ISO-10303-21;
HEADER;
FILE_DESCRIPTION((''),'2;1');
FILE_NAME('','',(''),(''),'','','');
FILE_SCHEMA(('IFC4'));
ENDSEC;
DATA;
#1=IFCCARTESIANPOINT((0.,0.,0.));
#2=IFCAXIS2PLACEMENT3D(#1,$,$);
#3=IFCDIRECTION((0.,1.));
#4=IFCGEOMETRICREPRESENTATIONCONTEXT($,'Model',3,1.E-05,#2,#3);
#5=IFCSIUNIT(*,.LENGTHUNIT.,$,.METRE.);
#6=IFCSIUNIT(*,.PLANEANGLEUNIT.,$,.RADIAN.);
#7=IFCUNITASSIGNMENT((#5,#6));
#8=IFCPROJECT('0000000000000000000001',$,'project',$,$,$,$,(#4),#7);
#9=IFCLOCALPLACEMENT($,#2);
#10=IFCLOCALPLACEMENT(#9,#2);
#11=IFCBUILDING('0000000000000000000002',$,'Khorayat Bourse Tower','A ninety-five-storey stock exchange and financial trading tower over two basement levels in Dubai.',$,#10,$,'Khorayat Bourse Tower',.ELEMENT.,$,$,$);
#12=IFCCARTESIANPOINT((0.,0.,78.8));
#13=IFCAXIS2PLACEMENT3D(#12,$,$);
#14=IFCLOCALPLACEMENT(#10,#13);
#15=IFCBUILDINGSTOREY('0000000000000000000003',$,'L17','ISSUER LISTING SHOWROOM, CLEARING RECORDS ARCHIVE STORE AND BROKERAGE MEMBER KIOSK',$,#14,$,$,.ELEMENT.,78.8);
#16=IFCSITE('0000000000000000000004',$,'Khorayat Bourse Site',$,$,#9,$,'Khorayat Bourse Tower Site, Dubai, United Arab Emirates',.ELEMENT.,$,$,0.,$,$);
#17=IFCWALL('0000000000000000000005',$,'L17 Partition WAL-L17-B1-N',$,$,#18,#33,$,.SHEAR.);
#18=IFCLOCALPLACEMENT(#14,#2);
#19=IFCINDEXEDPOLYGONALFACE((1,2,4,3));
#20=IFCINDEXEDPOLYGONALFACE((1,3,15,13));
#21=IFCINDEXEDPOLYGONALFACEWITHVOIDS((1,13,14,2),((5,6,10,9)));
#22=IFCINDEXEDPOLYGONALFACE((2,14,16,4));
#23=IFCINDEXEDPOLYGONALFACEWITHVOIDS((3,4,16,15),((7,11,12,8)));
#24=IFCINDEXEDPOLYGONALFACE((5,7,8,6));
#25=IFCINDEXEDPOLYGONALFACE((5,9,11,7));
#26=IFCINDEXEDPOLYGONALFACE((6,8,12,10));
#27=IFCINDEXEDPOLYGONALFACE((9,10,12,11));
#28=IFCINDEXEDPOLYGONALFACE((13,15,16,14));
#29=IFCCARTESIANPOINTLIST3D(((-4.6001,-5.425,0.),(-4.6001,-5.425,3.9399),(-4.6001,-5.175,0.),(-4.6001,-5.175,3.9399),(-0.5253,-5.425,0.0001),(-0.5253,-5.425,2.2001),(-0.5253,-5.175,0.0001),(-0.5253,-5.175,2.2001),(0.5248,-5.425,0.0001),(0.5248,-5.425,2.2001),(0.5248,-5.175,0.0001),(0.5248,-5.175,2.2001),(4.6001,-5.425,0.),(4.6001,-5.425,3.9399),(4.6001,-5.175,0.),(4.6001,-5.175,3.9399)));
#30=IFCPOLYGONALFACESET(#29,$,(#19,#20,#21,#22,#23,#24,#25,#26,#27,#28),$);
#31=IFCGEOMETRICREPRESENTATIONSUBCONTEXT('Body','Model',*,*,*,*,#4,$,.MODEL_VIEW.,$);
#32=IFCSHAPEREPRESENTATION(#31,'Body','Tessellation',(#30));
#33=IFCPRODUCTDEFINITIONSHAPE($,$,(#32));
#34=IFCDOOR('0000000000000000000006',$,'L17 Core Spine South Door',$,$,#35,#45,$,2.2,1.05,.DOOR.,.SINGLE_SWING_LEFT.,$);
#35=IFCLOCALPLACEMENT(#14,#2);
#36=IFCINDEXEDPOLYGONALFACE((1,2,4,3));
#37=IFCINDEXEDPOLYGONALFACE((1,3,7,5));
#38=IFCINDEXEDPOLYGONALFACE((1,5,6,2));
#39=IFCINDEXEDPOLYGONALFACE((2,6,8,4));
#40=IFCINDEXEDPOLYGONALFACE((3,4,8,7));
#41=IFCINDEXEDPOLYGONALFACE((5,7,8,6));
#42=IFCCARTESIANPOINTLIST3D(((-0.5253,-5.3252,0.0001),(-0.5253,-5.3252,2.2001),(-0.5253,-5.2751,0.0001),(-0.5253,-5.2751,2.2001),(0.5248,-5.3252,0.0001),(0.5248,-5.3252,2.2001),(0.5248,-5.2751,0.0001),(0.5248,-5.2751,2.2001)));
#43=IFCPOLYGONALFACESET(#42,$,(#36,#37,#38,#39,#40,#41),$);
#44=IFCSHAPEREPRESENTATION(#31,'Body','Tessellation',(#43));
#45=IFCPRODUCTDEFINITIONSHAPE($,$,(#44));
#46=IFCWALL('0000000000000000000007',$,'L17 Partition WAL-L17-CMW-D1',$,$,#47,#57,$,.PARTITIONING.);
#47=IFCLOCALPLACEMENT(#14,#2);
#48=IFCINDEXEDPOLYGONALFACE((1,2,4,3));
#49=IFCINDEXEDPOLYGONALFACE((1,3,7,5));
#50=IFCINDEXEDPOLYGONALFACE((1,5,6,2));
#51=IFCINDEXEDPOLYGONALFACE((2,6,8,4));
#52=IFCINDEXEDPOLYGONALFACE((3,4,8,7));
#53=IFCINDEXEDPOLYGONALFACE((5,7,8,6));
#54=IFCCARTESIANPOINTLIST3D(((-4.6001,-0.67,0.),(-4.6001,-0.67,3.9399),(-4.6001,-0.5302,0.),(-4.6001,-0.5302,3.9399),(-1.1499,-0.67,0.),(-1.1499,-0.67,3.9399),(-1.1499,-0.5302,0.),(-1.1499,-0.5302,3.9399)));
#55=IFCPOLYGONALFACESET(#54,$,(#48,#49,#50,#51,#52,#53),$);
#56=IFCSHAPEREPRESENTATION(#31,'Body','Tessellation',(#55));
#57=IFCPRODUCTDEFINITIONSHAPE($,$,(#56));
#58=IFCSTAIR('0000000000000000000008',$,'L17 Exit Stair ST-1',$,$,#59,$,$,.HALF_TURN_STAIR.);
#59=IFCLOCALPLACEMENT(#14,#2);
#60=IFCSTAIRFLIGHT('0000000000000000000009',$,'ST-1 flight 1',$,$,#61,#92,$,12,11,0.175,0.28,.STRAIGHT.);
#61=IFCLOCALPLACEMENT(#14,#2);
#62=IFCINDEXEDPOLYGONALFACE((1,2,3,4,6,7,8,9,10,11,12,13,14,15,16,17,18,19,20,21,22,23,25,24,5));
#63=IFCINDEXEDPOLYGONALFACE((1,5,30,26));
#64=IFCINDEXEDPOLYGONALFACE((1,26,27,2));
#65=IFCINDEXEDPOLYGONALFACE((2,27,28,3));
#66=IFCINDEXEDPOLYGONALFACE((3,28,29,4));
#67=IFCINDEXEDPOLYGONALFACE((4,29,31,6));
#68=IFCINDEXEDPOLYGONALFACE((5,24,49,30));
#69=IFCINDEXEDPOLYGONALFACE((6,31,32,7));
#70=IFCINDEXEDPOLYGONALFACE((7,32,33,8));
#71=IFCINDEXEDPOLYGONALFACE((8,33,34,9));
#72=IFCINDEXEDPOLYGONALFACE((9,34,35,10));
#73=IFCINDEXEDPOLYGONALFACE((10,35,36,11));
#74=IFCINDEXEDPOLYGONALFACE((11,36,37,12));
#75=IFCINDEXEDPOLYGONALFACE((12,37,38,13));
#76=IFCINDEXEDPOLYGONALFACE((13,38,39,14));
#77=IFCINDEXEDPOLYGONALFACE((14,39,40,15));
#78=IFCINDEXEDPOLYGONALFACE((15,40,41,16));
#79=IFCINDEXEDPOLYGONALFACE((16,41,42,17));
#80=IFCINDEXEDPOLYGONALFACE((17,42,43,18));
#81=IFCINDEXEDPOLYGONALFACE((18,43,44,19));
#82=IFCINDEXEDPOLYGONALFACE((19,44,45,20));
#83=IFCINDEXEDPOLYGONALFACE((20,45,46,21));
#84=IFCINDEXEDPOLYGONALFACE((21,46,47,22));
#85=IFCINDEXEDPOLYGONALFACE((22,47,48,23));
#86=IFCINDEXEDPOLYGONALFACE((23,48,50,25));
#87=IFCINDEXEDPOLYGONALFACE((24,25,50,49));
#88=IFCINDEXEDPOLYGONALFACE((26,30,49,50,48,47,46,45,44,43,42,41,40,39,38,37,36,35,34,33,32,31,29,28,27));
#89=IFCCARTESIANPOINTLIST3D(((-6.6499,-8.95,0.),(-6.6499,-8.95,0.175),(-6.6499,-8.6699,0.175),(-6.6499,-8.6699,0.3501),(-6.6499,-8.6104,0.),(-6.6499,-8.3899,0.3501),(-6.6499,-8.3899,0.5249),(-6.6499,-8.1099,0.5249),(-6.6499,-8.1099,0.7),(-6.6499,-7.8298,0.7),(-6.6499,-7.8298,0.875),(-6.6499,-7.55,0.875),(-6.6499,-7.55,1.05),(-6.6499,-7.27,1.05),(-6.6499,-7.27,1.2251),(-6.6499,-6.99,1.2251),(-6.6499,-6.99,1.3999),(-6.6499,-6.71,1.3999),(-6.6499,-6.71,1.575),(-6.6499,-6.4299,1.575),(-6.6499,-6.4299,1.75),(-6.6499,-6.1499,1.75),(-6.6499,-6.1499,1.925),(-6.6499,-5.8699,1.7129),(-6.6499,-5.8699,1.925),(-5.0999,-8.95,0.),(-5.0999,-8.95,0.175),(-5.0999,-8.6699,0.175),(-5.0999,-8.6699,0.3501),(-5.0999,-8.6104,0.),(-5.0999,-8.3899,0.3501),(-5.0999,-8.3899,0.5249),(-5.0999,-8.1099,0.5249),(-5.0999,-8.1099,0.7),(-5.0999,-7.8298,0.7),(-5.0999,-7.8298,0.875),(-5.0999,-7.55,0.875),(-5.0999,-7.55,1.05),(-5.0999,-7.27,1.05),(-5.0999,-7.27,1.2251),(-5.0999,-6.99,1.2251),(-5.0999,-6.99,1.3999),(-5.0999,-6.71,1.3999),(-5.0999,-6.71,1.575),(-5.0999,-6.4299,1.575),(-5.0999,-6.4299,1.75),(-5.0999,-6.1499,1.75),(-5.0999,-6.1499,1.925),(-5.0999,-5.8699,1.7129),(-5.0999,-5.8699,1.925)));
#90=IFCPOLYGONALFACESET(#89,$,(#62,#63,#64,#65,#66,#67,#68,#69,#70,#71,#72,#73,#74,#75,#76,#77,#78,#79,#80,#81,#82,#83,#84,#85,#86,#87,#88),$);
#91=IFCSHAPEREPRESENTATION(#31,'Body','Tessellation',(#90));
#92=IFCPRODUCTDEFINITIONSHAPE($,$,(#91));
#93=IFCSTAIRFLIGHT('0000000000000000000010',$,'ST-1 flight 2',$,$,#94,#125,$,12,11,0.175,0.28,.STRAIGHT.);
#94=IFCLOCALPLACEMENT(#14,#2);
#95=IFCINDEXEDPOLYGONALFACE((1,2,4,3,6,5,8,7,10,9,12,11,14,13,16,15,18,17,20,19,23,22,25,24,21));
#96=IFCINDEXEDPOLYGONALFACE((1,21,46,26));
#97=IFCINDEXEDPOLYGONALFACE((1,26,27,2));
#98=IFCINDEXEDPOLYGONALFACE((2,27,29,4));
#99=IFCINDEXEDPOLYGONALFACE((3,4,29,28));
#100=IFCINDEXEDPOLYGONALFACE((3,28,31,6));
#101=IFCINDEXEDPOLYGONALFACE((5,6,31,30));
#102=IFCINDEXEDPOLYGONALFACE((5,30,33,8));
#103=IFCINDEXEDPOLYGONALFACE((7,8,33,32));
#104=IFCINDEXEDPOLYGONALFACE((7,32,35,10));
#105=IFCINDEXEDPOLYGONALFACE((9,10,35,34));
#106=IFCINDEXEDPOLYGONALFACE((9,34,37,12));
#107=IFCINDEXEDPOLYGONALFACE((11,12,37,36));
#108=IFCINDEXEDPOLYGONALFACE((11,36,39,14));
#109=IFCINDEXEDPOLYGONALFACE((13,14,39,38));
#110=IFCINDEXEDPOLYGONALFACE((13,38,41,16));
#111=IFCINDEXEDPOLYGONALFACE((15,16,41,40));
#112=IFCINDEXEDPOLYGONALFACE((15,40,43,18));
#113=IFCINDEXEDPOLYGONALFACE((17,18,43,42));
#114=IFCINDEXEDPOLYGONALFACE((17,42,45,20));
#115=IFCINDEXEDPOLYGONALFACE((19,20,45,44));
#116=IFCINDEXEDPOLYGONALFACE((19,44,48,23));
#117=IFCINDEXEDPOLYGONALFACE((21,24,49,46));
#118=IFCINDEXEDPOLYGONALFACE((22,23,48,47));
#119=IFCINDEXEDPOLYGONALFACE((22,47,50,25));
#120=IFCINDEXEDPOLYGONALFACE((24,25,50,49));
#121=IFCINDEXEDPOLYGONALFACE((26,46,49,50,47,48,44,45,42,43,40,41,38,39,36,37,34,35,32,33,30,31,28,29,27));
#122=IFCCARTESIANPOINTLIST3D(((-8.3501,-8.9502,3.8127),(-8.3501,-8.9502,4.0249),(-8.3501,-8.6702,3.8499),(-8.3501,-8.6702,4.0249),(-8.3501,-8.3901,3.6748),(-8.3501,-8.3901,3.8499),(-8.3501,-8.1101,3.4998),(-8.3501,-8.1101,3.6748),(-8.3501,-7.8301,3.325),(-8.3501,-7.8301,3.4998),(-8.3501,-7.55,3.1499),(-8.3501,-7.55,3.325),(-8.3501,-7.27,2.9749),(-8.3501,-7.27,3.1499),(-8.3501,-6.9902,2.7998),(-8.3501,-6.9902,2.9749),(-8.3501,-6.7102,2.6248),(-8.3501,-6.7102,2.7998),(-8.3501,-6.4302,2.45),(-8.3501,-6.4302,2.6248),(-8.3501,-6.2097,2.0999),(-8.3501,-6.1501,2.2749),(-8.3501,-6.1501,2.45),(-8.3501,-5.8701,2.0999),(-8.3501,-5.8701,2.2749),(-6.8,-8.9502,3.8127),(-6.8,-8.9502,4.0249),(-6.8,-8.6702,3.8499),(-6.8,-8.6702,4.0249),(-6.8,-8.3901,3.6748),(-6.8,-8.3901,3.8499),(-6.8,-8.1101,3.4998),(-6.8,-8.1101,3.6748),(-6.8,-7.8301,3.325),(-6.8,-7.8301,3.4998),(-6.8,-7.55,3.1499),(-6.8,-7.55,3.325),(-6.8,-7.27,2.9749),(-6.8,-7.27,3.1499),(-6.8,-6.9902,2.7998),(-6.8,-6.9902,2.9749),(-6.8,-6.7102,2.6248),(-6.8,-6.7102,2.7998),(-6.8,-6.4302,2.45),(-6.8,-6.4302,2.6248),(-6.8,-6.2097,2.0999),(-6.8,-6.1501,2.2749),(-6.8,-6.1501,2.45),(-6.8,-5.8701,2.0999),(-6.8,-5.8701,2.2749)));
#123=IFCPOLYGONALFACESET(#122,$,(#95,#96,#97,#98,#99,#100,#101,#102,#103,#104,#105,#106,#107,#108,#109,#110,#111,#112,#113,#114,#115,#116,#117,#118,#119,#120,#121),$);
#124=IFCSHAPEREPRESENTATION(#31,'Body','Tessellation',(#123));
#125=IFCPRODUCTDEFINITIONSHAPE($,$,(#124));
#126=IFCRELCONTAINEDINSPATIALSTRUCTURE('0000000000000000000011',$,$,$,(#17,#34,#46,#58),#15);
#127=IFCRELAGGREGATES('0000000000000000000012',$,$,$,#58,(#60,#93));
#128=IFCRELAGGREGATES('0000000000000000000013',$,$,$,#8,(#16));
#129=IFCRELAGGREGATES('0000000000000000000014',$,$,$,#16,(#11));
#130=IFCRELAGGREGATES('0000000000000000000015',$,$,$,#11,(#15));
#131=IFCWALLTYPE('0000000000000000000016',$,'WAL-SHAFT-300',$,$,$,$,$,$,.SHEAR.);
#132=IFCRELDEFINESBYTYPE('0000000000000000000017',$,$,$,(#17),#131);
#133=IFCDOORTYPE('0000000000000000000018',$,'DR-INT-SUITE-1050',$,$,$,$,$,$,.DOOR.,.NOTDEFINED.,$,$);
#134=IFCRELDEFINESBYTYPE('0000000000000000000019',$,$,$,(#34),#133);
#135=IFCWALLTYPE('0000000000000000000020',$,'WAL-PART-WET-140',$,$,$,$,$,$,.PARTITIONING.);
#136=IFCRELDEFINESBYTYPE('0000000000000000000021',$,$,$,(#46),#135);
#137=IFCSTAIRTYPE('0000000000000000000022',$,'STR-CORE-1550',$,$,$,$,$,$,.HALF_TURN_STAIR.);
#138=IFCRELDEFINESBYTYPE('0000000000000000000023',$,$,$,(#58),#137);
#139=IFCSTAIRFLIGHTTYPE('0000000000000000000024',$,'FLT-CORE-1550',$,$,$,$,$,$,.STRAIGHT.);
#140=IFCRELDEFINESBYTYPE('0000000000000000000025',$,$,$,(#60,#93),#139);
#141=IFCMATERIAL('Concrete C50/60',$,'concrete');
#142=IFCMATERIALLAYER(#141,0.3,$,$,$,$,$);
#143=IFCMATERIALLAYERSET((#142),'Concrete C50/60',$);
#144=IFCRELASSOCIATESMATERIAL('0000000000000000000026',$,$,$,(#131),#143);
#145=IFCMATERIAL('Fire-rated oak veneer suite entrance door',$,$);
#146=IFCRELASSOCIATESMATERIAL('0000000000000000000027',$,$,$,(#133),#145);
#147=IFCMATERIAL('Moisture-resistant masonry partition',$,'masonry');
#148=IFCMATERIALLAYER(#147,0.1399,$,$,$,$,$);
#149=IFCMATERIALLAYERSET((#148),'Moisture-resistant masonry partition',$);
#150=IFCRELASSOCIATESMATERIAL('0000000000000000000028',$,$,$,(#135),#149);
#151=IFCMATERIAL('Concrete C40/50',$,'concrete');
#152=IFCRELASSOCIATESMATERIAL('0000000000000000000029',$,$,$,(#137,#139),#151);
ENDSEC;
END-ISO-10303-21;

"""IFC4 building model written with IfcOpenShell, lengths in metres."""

from ifc_helpers import new_model, si_unit, direction, frame, frame_2d, origin, place, context, subcontext, project, spatial, polyline, rectangle, outline, extrude, source, transform, mapped, material, layer, layer_set, type_object, element, fill, aggregate, save


model = new_model("IFC4")

# Units and contexts
model_context = context("Model", 3, precision=1e-05, world=origin(), true_north=direction((0.0, 1.0)))
body_context = subcontext(model_context, "Body", "Model", "MODEL_VIEW")
ifc_project = project(units=[si_unit("LENGTHUNIT", "METRE"), si_unit("PLANEANGLEUNIT", "RADIAN")], contexts=[model_context])

# Site, building, storey
site_placement = place(None, origin())
site = spatial("IfcSite", under=ifc_project, at=site_placement, Name="Khorayat Bourse Site", LongName="Khorayat Bourse Tower Site, Dubai, United Arab Emirates", CompositionType="ELEMENT", RefElevation=0.0)
building_placement = place(site_placement, origin())
building = spatial("IfcBuilding", under=site, at=building_placement, Name="Khorayat Bourse Tower", Description="A ninety-five-storey stock exchange and financial trading tower over two basement levels in Dubai.", LongName="Khorayat Bourse Tower", CompositionType="ELEMENT")
storey_placement = place(building_placement, frame((0.0, 0.0, 78.8)))
storey = spatial("IfcBuildingStorey", under=building, at=storey_placement, Name="L17", Description="ISSUER LISTING SHOWROOM, CLEARING RECORDS ARCHIVE STORE AND BROKERAGE MEMBER KIOSK", CompositionType="ELEMENT", Elevation=78.8)

# Shared definitions
ifc_material_1 = material(Name="Concrete C50/60", Category="concrete")
ifc_layer_1 = layer(ifc_material_1, 0.3)
ifc_layer_set_1 = layer_set([ifc_layer_1], Name="Concrete C50/60")
wall_type_1 = type_object("IfcWallType", Name="WAL-SHAFT-300", PredefinedType="SHEAR", material=ifc_layer_set_1)

# Wall, opening, door
shared_shape_1 = source(origin(), body_context, "Body", "SweptSolid", [
    extrude(rectangle(XDim=9.2002, YDim=0.25, at=frame_2d((4.6001, 0.0))), origin(), (0.0, 0.0, 1.0), 3.9399),
])
wall_1_placement = place(storey_placement, frame((-4.6001, -5.3, 0.0), z_axis=(0.0, 0.0, 1.0), x_axis=(1.0, 0.0, 0.0)))
wall_1 = element("IfcWall", 1, at=wall_1_placement, inside=storey, type_object=wall_type_1, Name="L17 Partition WAL-L17-B1-N", PredefinedType="SHEAR", context=body_context, shape_type="MappedRepresentation", body=[
    mapped(shared_shape_1, transform((0.0, 0.0, 0.0), scale=1.0)),
])
shared_shape_2 = source(origin(), body_context, "Body", "SweptSolid", [
    extrude(rectangle(XDim=1.05, YDim=2.2, at=frame_2d((0.5249, 1.1001))), frame((0.0, 0.135, 0.0), z_axis=(0.0, -1.0, 0.0), x_axis=(1.0, 0.0, 0.0)), (0.0, 0.0, 1.0), 0.27),
])
opening_1_placement = place(wall_1_placement, frame((4.075, 0.0, 0.0)))
opening_1 = element("IfcOpeningElement", 2, at=opening_1_placement, cuts=wall_1, PredefinedType="OPENING", context=body_context, shape_type="MappedRepresentation", body=[
    mapped(shared_shape_2, transform((0.0, 0.0, 0.0), scale=1.0)),
])
ifc_material_2 = material(Name="Fire-rated oak veneer suite entrance door")
door_type_1 = type_object("IfcDoorType", Name="DR-INT-SUITE-1050", OperationType="NOTDEFINED", PredefinedType="DOOR", material=ifc_material_2)
shared_shape_3 = source(origin(), body_context, "Body", "SweptSolid", [
    extrude(rectangle(XDim=1.05, YDim=2.2, at=frame_2d((0.5249, 1.1001))), frame((0.0, 0.0249, 0.0), z_axis=(0.0, -1.0, 0.0), x_axis=(1.0, 0.0, 0.0)), (0.0, 0.0, 1.0), 0.05),
])
door_1_placement = place(opening_1_placement, origin())
door_1 = element("IfcDoor", 3, at=door_1_placement, inside=storey, type_object=door_type_1, Name="L17 Core Spine South Door", OperationType="SINGLE_SWING_LEFT", OverallHeight=2.2, OverallWidth=1.05, PredefinedType="DOOR", context=body_context, shape_type="MappedRepresentation", body=[
    mapped(shared_shape_3, transform((0.0, 0.0, 0.0), scale=1.0)),
])
fill(opening_1, door_1)

# Wall
ifc_material_3 = material(Name="Moisture-resistant masonry partition", Category="masonry")
ifc_layer_2 = layer(ifc_material_3, 0.1399)
ifc_layer_set_2 = layer_set([ifc_layer_2], Name="Moisture-resistant masonry partition")
wall_type_2 = type_object("IfcWallType", Name="WAL-PART-WET-140", PredefinedType="PARTITIONING", material=ifc_layer_set_2)
shared_shape_4 = source(origin(), body_context, "Body", "SweptSolid", [
    extrude(rectangle(XDim=3.4502, YDim=0.1399, at=frame_2d((1.7251, 0.0))), origin(), (0.0, 0.0, 1.0), 3.9399),
])
wall_2_placement = place(storey_placement, frame((-4.6001, -0.6001, 0.0), z_axis=(0.0, 0.0, 1.0), x_axis=(1.0, 0.0, 0.0)))
element("IfcWall", 4, at=wall_2_placement, inside=storey, type_object=wall_type_2, Name="L17 Partition WAL-L17-CMW-D1", PredefinedType="PARTITIONING", context=body_context, shape_type="MappedRepresentation", body=[
    mapped(shared_shape_4, transform((0.0, 0.0, 0.0), scale=1.0)),
])

# Stair, stair flights
ifc_material_4 = material(Name="Concrete C40/50", Category="concrete")
stair_type = type_object("IfcStairType", Name="STR-CORE-1550", PredefinedType="HALF_TURN_STAIR", material=ifc_material_4)
stair_placement = place(storey_placement, origin())
stair = element("IfcStair", 5, at=stair_placement, inside=storey, type_object=stair_type, Name="L17 Exit Stair ST-1", PredefinedType="HALF_TURN_STAIR")
stair_flight_type = type_object("IfcStairFlightType", Name="FLT-CORE-1550", PredefinedType="STRAIGHT", material=ifc_material_4)
shared_shape_5 = source(origin(), body_context, "Body", "SweptSolid", [
    extrude(outline(polyline([(0.0, 0.0), (0.0, 0.175), (0.28, 0.175), (0.28, 0.3501), (0.5601, 0.3501), (0.5601, 0.5249), (0.8401, 0.5249), (0.8401, 0.7), (1.1201, 0.7), (1.1201, 0.875), (1.3999, 0.875), (1.3999, 1.05), (1.6799, 1.05), (1.6799, 1.2251), (1.96, 1.2251), (1.96, 1.3999), (2.24, 1.3999), (2.24, 1.575), (2.52, 1.575), (2.52, 1.75), (2.8, 1.75), (2.8, 1.925), (3.0801, 1.925), (3.0801, 2.1001), (3.0801, 1.7129), (0.3396, 0.0), (0.0, 0.0)])), frame((0.0, 0.7749, 0.0), z_axis=(0.0, -1.0, 0.0), x_axis=(1.0, 0.0, 0.0)), (0.0, 0.0, 1.0), 1.55),
])
stair_flight_1_placement = place(storey_placement, frame((-5.875, -8.95, 0.0), z_axis=(0.0, 0.0, 1.0), x_axis=(0.0, 1.0, 0.0)))
stair_flight_1 = element("IfcStairFlight", 6, at=stair_flight_1_placement, type_object=stair_flight_type, Name="ST-1 flight 1", NumberOfRisers=12, NumberOfTreads=11, PredefinedType="STRAIGHT", RiserHeight=0.175, TreadLength=0.28, context=body_context, shape_type="MappedRepresentation", body=[
    mapped(shared_shape_5, transform((0.0, 0.0, 0.0), scale=1.0)),
])
stair_flight_2_placement = place(storey_placement, frame((-7.575, -5.8701, 2.0999), z_axis=(0.0, 0.0, 1.0), x_axis=(0.0, -1.0, 0.0)))
stair_flight_2 = element("IfcStairFlight", 7, at=stair_flight_2_placement, type_object=stair_flight_type, Name="ST-1 flight 2", NumberOfRisers=12, NumberOfTreads=11, PredefinedType="STRAIGHT", RiserHeight=0.175, TreadLength=0.28, context=body_context, shape_type="MappedRepresentation", body=[
    mapped(shared_shape_5, transform((0.0, 0.0, 0.0), scale=1.0)),
])
aggregate(stair, [stair_flight_1, stair_flight_2])

save(model, "model.ifc")
